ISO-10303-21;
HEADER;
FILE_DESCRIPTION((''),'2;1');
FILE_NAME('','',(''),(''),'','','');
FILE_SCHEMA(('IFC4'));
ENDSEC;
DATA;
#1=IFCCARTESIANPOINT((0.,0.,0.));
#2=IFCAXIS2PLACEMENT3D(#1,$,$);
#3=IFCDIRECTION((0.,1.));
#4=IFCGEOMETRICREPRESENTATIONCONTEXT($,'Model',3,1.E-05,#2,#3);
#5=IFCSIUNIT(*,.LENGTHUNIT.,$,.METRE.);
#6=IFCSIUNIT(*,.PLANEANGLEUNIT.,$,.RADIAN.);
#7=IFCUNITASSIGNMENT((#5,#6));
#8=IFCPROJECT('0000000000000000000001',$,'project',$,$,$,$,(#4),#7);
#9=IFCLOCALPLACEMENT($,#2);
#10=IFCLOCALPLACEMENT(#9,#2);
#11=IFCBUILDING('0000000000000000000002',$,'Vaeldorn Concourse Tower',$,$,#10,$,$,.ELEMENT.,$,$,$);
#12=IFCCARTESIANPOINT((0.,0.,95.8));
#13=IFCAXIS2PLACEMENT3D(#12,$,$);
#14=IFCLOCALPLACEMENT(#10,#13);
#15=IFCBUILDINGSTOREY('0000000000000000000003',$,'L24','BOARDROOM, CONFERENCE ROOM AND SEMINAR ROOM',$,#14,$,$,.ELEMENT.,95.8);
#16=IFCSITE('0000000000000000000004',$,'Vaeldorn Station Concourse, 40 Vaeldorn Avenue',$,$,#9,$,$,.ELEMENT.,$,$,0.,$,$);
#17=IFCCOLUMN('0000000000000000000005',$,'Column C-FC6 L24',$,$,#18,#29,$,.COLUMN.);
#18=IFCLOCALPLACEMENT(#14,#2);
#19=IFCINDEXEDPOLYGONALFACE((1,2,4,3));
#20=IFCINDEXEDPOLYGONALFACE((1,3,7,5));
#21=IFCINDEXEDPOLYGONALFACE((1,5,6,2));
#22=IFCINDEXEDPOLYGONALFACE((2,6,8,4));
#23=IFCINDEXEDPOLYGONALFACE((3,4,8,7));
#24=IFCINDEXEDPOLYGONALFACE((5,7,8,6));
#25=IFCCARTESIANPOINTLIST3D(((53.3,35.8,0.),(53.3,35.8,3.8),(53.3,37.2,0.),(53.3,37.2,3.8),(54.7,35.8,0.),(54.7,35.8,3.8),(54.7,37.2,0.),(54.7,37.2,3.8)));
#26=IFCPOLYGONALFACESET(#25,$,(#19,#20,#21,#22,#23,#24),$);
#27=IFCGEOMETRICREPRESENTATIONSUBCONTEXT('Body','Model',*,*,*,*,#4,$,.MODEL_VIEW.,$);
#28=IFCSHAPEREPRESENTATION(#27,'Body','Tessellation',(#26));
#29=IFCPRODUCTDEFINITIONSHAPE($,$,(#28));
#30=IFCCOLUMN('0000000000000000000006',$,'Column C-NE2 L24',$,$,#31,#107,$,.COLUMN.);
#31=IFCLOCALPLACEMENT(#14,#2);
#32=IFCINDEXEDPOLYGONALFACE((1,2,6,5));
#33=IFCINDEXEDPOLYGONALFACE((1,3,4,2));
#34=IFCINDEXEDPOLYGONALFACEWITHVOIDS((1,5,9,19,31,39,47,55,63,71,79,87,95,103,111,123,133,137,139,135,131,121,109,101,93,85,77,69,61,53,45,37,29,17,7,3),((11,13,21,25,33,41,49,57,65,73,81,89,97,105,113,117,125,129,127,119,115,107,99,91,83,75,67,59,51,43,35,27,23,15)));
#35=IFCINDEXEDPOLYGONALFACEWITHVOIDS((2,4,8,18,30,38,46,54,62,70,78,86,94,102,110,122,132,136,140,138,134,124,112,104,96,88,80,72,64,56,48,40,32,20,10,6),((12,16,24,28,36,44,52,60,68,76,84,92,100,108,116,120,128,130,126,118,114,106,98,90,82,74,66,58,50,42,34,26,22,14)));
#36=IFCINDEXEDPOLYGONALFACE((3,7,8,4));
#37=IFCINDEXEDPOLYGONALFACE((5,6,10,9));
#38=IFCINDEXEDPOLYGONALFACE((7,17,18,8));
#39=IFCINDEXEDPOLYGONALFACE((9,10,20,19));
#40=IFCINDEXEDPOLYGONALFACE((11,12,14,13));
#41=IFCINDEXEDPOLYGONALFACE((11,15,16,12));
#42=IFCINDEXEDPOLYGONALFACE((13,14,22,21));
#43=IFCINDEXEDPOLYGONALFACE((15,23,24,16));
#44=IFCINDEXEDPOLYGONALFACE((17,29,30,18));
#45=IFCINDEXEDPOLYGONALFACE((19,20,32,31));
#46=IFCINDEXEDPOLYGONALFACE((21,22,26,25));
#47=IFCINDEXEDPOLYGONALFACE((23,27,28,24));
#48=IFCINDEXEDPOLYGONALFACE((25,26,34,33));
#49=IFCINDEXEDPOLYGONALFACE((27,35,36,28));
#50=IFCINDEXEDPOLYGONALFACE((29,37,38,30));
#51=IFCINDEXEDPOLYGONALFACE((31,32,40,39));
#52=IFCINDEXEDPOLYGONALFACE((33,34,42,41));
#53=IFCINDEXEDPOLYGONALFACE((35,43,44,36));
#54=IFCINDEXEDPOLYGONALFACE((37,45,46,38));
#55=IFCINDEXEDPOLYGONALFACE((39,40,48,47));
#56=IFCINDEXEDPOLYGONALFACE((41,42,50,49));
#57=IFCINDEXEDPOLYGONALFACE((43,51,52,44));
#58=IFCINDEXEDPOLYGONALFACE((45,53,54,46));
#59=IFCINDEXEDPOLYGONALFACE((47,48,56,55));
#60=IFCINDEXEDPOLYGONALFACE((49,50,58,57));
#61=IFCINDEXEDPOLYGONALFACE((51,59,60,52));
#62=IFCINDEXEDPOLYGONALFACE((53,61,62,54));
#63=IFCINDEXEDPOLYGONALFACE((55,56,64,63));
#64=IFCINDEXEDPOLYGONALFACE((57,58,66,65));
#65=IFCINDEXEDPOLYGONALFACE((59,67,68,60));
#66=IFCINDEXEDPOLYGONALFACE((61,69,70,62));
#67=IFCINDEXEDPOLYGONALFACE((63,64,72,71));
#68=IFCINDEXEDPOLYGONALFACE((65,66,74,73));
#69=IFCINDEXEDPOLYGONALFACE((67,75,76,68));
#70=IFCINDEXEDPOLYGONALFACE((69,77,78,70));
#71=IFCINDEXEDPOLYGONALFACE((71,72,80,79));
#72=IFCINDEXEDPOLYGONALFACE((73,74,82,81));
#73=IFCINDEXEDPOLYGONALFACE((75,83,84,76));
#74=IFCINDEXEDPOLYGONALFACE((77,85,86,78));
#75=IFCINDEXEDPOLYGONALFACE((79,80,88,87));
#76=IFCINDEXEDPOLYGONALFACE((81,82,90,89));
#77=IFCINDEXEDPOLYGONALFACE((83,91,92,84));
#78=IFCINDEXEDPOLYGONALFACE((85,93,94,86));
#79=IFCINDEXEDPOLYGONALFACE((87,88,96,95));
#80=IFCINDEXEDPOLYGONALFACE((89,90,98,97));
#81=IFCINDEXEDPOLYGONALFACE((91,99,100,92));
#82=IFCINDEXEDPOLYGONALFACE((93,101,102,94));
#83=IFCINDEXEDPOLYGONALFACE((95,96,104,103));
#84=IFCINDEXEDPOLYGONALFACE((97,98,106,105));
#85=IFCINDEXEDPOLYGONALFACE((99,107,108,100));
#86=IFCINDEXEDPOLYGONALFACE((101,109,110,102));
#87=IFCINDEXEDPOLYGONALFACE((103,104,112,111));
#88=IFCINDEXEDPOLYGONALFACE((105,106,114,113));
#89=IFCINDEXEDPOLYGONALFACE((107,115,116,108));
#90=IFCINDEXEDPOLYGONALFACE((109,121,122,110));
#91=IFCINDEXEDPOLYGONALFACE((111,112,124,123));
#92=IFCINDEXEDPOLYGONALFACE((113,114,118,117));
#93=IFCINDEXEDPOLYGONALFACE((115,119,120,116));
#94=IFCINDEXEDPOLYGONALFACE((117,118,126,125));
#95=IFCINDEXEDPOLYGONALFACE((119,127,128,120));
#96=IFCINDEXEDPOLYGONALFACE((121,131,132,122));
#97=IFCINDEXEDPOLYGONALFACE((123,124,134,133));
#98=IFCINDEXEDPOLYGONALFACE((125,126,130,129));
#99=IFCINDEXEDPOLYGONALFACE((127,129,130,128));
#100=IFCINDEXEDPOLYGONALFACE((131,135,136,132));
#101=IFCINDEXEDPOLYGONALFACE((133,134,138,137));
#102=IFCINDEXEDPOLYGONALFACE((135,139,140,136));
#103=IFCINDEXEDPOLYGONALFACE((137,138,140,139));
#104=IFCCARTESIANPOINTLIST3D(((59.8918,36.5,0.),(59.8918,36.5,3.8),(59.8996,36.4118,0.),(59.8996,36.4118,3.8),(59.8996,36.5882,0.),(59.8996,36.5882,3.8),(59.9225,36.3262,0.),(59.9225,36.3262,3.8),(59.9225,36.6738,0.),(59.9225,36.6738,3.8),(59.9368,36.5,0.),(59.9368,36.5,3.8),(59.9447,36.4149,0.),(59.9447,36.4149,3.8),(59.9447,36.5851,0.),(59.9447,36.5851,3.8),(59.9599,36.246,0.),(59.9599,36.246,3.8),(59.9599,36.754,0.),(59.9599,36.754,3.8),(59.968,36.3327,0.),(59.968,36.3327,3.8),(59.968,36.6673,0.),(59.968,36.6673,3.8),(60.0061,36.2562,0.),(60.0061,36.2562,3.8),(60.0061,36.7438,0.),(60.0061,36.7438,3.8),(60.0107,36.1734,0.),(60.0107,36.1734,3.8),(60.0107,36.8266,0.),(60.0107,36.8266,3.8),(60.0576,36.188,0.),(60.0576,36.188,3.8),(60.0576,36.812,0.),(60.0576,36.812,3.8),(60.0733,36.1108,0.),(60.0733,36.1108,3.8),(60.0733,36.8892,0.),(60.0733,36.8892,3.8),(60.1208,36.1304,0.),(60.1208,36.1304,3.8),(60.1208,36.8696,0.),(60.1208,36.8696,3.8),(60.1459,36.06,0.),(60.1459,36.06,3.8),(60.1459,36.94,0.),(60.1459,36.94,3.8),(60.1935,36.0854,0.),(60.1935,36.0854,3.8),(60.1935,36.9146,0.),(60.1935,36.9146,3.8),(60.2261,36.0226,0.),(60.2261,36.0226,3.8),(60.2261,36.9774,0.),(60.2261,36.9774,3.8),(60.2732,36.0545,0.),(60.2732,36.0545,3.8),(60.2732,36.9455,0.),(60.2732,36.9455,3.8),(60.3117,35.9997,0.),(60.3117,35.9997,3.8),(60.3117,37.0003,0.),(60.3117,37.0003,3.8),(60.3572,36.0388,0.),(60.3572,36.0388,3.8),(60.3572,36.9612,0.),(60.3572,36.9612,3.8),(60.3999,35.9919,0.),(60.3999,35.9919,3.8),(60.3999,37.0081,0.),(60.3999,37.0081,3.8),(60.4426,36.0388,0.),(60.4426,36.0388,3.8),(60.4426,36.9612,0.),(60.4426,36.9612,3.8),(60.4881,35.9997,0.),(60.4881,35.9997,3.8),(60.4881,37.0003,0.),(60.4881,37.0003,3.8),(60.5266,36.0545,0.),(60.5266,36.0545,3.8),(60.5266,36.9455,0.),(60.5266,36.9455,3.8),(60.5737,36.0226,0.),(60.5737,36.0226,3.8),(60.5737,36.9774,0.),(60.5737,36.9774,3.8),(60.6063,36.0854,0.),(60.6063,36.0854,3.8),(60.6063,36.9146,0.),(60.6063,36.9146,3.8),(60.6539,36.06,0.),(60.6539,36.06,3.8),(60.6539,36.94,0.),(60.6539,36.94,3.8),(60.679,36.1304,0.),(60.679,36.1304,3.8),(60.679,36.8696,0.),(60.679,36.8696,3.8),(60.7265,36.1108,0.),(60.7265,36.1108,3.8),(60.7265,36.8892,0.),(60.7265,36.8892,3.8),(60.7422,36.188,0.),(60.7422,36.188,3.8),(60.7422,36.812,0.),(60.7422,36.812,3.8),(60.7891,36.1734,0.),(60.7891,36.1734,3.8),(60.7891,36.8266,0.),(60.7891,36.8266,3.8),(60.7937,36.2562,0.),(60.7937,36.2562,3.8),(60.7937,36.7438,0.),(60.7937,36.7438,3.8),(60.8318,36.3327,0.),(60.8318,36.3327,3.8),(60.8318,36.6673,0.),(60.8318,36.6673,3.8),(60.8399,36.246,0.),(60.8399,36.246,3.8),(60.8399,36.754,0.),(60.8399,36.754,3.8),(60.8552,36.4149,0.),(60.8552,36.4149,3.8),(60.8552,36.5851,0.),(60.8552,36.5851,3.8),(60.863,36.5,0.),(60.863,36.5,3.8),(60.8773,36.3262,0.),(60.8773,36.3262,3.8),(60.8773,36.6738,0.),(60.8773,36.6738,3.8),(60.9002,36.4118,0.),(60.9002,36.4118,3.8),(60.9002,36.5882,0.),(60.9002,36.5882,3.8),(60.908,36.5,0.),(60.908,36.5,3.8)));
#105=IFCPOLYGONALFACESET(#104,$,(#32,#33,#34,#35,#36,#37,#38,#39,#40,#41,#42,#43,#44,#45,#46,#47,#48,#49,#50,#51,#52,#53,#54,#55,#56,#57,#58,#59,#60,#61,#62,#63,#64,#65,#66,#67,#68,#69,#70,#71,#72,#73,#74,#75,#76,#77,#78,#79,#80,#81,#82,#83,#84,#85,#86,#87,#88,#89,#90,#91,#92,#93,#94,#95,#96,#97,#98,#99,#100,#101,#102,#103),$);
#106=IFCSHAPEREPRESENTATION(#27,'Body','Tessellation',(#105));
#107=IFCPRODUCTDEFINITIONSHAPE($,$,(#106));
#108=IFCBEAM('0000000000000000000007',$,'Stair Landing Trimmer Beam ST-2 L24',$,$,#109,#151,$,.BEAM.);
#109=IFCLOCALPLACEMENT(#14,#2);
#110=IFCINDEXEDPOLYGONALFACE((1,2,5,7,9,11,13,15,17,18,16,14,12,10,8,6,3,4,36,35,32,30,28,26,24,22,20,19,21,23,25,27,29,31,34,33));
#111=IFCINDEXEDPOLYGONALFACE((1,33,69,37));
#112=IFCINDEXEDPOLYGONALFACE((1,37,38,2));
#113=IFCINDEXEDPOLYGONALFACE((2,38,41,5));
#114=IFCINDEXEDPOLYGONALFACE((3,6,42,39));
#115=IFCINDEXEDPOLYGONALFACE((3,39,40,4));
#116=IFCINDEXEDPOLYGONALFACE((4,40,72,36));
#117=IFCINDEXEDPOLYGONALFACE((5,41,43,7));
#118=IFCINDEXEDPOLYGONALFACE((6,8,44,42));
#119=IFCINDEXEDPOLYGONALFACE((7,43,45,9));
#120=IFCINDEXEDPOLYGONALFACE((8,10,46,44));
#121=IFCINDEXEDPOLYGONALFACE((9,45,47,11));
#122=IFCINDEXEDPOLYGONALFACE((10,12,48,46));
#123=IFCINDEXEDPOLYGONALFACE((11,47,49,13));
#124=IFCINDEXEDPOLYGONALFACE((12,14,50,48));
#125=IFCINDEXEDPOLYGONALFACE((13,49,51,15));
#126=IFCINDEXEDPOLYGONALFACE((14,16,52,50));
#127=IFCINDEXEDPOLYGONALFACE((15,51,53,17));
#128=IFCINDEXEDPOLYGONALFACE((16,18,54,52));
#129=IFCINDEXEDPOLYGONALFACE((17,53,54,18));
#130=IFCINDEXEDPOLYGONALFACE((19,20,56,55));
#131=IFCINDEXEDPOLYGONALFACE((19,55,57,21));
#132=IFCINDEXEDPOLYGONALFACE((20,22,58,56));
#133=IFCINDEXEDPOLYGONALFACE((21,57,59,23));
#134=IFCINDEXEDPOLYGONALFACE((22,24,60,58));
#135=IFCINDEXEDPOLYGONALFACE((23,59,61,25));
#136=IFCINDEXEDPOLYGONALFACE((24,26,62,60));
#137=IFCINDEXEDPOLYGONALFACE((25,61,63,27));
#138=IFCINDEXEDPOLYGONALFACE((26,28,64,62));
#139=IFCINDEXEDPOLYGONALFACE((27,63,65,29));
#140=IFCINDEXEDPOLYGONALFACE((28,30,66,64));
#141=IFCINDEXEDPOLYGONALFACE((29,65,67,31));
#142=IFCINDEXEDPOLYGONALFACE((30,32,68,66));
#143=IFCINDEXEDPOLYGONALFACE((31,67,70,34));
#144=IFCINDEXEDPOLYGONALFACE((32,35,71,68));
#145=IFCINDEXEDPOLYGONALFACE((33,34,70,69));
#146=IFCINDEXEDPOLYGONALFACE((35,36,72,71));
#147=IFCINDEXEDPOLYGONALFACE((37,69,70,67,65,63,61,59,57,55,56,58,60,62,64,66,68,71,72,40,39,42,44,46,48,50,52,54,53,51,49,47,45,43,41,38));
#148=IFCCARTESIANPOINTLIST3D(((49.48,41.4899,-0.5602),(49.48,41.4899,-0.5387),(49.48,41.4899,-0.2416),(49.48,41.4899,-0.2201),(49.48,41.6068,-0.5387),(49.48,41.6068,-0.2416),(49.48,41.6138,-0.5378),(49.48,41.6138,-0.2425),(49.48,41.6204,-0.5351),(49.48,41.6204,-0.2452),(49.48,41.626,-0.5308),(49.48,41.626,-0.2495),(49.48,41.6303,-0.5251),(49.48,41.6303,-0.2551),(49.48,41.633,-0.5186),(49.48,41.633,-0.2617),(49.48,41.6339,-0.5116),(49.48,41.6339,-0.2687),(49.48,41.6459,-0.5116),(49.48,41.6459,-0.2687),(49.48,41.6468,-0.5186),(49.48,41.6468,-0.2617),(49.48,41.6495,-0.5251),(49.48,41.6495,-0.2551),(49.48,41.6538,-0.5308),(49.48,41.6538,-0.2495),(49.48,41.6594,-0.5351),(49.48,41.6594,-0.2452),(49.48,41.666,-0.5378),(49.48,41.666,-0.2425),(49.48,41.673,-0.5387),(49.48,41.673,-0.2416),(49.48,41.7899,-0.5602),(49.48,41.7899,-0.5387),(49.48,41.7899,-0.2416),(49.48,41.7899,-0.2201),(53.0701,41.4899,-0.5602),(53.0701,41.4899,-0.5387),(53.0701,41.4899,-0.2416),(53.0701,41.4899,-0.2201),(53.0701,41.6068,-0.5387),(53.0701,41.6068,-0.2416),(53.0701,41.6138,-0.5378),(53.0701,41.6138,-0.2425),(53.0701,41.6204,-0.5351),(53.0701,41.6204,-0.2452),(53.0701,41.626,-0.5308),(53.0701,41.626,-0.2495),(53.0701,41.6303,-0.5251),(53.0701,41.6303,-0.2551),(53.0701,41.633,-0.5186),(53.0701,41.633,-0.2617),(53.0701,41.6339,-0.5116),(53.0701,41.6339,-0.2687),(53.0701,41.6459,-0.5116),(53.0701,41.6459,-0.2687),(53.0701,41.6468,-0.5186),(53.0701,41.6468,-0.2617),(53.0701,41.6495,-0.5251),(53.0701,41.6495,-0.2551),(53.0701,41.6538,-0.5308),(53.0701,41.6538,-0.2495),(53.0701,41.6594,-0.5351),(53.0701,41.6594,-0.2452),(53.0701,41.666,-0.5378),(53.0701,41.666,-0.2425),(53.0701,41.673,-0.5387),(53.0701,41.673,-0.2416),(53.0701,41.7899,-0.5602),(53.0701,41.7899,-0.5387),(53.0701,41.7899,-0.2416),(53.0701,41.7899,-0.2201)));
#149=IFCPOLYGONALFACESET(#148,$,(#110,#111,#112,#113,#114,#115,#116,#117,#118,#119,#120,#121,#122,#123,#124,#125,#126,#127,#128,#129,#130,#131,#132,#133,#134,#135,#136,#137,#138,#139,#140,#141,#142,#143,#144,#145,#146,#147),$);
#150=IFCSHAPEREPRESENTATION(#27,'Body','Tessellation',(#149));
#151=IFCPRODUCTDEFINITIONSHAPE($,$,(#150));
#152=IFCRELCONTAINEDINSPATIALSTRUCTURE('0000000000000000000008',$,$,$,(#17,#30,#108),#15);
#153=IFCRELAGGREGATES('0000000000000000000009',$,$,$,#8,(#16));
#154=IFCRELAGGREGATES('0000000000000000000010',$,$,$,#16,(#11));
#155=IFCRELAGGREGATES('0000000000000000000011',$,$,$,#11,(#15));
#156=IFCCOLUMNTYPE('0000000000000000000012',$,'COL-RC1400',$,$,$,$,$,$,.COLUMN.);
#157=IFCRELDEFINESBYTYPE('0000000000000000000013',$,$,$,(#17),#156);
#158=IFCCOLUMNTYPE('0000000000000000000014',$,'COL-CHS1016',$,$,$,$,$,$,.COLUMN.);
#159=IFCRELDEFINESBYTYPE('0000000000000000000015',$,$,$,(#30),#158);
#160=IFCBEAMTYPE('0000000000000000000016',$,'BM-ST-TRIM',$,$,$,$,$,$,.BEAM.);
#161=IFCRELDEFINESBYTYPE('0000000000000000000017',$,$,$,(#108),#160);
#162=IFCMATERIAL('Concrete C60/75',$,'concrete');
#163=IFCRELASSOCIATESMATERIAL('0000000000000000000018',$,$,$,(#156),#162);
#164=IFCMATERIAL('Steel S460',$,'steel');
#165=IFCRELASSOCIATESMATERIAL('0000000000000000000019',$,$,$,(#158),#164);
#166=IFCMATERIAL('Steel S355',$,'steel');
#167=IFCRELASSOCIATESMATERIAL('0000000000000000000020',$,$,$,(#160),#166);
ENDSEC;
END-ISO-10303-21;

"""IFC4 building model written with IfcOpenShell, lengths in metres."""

from ifc_helpers import new_model, si_unit, direction, frame, origin, origin_2d, place, context, subcontext, project, spatial, rectangle, hollow_circle, i_section, extrude, source, transform, mapped, material, material_profile, profile_set, type_object, element, save


model = new_model("IFC4")

# Units and contexts
model_context = context("Model", 3, precision=1e-05, world=origin(), true_north=direction((0.0, 1.0)))
body_context = subcontext(model_context, "Body", "Model", "MODEL_VIEW")
ifc_project = project(units=[si_unit("LENGTHUNIT", "METRE"), si_unit("PLANEANGLEUNIT", "RADIAN")], contexts=[model_context])

# Site, building, storey
site_placement = place(None, origin())
site = spatial("IfcSite", under=ifc_project, at=site_placement, Name="Vaeldorn Station Concourse, 40 Vaeldorn Avenue", CompositionType="ELEMENT", RefElevation=0.0)
building_placement = place(site_placement, origin())
building = spatial("IfcBuilding", under=site, at=building_placement, Name="Vaeldorn Concourse Tower", CompositionType="ELEMENT")
storey_placement = place(building_placement, frame((0.0, 0.0, 95.8)))
storey = spatial("IfcBuildingStorey", under=building, at=storey_placement, Name="L24", Description="BOARDROOM, CONFERENCE ROOM AND SEMINAR ROOM", CompositionType="ELEMENT", Elevation=95.8)

# Columns
ifc_material_1 = material(Name="Concrete C60/75", Category="concrete")
ifc_material_profile_1 = material_profile(ifc_material_1, rectangle(XDim=1.3999, YDim=1.3999, at=origin_2d()), Name="RC 1400x1400")
ifc_profile_set_1 = profile_set([ifc_material_profile_1], Name="Concrete C60/75")
column_type_1 = type_object("IfcColumnType", Name="COL-RC1400", PredefinedType="COLUMN", material=ifc_profile_set_1)
shared_shape_1 = source(origin(), body_context, "Body", "SweptSolid", [
    extrude(rectangle(XDim=1.3999, YDim=1.3999, at=origin_2d()), origin(), (0.0, 0.0, 1.0), 3.8),
])
column_1_placement = place(storey_placement, frame((54.0, 36.5, 0.0), z_axis=(0.0, 0.0, 1.0), x_axis=(1.0, 0.0, 0.0)))
element("IfcColumn", 1, at=column_1_placement, inside=storey, type_object=column_type_1, Name="Column C-FC6 L24", PredefinedType="COLUMN", context=body_context, shape_type="MappedRepresentation", body=[
    mapped(shared_shape_1, transform((0.0, 0.0, 0.0), scale=1.0)),
])
ifc_material_2 = material(Name="Steel S460", Category="steel")
ifc_material_profile_2 = material_profile(ifc_material_2, hollow_circle(Radius=0.5081, WallThickness=0.0449, at=origin_2d()), Name="CHS 1016x45")
ifc_profile_set_2 = profile_set([ifc_material_profile_2], Name="Steel S460")
column_type_2 = type_object("IfcColumnType", Name="COL-CHS1016", PredefinedType="COLUMN", material=ifc_profile_set_2)
shared_shape_2 = source(origin(), body_context, "Body", "SweptSolid", [
    extrude(hollow_circle(Radius=0.5081, WallThickness=0.0449, at=origin_2d()), origin(), (0.0, 0.0, 1.0), 3.8),
])
column_2_placement = place(storey_placement, frame((60.3999, 36.5, 0.0), z_axis=(0.0, 0.0, 1.0), x_axis=(1.0, 0.0, 0.0)))
element("IfcColumn", 2, at=column_2_placement, inside=storey, type_object=column_type_2, Name="Column C-NE2 L24", PredefinedType="COLUMN", context=body_context, shape_type="MappedRepresentation", body=[
    mapped(shared_shape_2, transform((0.0, 0.0, 0.0), scale=1.0)),
])

# Beam
ifc_material_3 = material(Name="Steel S355", Category="steel")
ifc_material_profile_3 = material_profile(ifc_material_3, i_section(OverallWidth=0.3, OverallDepth=0.3401, WebThickness=0.012, FlangeThickness=0.0215, FilletRadius=0.0271, at=origin_2d()), Name="HEB 340")
ifc_profile_set_3 = profile_set([ifc_material_profile_3], Name="Steel S355")
beam_type_1 = type_object("IfcBeamType", Name="BM-ST-TRIM", PredefinedType="BEAM", material=ifc_profile_set_3)
shared_shape_3 = source(origin(), body_context, "Body", "SweptSolid", [
    extrude(i_section(OverallWidth=0.3, OverallDepth=0.3401, WebThickness=0.012, FlangeThickness=0.0215, FilletRadius=0.0271, at=origin_2d()), origin(), (0.0, 0.0, 1.0), 3.5901),
])
beam_1_placement = place(storey_placement, frame((49.48, 41.6399, -0.3901), z_axis=(1.0, 0.0, 0.0), x_axis=(0.0, 1.0, 0.0)))
element("IfcBeam", 3, at=beam_1_placement, inside=storey, type_object=beam_type_1, Name="Stair Landing Trimmer Beam ST-2 L24", PredefinedType="BEAM", context=body_context, shape_type="MappedRepresentation", body=[
    mapped(shared_shape_3, transform((0.0, 0.0, 0.0), scale=1.0)),
])

save(model, "model.ifc")
